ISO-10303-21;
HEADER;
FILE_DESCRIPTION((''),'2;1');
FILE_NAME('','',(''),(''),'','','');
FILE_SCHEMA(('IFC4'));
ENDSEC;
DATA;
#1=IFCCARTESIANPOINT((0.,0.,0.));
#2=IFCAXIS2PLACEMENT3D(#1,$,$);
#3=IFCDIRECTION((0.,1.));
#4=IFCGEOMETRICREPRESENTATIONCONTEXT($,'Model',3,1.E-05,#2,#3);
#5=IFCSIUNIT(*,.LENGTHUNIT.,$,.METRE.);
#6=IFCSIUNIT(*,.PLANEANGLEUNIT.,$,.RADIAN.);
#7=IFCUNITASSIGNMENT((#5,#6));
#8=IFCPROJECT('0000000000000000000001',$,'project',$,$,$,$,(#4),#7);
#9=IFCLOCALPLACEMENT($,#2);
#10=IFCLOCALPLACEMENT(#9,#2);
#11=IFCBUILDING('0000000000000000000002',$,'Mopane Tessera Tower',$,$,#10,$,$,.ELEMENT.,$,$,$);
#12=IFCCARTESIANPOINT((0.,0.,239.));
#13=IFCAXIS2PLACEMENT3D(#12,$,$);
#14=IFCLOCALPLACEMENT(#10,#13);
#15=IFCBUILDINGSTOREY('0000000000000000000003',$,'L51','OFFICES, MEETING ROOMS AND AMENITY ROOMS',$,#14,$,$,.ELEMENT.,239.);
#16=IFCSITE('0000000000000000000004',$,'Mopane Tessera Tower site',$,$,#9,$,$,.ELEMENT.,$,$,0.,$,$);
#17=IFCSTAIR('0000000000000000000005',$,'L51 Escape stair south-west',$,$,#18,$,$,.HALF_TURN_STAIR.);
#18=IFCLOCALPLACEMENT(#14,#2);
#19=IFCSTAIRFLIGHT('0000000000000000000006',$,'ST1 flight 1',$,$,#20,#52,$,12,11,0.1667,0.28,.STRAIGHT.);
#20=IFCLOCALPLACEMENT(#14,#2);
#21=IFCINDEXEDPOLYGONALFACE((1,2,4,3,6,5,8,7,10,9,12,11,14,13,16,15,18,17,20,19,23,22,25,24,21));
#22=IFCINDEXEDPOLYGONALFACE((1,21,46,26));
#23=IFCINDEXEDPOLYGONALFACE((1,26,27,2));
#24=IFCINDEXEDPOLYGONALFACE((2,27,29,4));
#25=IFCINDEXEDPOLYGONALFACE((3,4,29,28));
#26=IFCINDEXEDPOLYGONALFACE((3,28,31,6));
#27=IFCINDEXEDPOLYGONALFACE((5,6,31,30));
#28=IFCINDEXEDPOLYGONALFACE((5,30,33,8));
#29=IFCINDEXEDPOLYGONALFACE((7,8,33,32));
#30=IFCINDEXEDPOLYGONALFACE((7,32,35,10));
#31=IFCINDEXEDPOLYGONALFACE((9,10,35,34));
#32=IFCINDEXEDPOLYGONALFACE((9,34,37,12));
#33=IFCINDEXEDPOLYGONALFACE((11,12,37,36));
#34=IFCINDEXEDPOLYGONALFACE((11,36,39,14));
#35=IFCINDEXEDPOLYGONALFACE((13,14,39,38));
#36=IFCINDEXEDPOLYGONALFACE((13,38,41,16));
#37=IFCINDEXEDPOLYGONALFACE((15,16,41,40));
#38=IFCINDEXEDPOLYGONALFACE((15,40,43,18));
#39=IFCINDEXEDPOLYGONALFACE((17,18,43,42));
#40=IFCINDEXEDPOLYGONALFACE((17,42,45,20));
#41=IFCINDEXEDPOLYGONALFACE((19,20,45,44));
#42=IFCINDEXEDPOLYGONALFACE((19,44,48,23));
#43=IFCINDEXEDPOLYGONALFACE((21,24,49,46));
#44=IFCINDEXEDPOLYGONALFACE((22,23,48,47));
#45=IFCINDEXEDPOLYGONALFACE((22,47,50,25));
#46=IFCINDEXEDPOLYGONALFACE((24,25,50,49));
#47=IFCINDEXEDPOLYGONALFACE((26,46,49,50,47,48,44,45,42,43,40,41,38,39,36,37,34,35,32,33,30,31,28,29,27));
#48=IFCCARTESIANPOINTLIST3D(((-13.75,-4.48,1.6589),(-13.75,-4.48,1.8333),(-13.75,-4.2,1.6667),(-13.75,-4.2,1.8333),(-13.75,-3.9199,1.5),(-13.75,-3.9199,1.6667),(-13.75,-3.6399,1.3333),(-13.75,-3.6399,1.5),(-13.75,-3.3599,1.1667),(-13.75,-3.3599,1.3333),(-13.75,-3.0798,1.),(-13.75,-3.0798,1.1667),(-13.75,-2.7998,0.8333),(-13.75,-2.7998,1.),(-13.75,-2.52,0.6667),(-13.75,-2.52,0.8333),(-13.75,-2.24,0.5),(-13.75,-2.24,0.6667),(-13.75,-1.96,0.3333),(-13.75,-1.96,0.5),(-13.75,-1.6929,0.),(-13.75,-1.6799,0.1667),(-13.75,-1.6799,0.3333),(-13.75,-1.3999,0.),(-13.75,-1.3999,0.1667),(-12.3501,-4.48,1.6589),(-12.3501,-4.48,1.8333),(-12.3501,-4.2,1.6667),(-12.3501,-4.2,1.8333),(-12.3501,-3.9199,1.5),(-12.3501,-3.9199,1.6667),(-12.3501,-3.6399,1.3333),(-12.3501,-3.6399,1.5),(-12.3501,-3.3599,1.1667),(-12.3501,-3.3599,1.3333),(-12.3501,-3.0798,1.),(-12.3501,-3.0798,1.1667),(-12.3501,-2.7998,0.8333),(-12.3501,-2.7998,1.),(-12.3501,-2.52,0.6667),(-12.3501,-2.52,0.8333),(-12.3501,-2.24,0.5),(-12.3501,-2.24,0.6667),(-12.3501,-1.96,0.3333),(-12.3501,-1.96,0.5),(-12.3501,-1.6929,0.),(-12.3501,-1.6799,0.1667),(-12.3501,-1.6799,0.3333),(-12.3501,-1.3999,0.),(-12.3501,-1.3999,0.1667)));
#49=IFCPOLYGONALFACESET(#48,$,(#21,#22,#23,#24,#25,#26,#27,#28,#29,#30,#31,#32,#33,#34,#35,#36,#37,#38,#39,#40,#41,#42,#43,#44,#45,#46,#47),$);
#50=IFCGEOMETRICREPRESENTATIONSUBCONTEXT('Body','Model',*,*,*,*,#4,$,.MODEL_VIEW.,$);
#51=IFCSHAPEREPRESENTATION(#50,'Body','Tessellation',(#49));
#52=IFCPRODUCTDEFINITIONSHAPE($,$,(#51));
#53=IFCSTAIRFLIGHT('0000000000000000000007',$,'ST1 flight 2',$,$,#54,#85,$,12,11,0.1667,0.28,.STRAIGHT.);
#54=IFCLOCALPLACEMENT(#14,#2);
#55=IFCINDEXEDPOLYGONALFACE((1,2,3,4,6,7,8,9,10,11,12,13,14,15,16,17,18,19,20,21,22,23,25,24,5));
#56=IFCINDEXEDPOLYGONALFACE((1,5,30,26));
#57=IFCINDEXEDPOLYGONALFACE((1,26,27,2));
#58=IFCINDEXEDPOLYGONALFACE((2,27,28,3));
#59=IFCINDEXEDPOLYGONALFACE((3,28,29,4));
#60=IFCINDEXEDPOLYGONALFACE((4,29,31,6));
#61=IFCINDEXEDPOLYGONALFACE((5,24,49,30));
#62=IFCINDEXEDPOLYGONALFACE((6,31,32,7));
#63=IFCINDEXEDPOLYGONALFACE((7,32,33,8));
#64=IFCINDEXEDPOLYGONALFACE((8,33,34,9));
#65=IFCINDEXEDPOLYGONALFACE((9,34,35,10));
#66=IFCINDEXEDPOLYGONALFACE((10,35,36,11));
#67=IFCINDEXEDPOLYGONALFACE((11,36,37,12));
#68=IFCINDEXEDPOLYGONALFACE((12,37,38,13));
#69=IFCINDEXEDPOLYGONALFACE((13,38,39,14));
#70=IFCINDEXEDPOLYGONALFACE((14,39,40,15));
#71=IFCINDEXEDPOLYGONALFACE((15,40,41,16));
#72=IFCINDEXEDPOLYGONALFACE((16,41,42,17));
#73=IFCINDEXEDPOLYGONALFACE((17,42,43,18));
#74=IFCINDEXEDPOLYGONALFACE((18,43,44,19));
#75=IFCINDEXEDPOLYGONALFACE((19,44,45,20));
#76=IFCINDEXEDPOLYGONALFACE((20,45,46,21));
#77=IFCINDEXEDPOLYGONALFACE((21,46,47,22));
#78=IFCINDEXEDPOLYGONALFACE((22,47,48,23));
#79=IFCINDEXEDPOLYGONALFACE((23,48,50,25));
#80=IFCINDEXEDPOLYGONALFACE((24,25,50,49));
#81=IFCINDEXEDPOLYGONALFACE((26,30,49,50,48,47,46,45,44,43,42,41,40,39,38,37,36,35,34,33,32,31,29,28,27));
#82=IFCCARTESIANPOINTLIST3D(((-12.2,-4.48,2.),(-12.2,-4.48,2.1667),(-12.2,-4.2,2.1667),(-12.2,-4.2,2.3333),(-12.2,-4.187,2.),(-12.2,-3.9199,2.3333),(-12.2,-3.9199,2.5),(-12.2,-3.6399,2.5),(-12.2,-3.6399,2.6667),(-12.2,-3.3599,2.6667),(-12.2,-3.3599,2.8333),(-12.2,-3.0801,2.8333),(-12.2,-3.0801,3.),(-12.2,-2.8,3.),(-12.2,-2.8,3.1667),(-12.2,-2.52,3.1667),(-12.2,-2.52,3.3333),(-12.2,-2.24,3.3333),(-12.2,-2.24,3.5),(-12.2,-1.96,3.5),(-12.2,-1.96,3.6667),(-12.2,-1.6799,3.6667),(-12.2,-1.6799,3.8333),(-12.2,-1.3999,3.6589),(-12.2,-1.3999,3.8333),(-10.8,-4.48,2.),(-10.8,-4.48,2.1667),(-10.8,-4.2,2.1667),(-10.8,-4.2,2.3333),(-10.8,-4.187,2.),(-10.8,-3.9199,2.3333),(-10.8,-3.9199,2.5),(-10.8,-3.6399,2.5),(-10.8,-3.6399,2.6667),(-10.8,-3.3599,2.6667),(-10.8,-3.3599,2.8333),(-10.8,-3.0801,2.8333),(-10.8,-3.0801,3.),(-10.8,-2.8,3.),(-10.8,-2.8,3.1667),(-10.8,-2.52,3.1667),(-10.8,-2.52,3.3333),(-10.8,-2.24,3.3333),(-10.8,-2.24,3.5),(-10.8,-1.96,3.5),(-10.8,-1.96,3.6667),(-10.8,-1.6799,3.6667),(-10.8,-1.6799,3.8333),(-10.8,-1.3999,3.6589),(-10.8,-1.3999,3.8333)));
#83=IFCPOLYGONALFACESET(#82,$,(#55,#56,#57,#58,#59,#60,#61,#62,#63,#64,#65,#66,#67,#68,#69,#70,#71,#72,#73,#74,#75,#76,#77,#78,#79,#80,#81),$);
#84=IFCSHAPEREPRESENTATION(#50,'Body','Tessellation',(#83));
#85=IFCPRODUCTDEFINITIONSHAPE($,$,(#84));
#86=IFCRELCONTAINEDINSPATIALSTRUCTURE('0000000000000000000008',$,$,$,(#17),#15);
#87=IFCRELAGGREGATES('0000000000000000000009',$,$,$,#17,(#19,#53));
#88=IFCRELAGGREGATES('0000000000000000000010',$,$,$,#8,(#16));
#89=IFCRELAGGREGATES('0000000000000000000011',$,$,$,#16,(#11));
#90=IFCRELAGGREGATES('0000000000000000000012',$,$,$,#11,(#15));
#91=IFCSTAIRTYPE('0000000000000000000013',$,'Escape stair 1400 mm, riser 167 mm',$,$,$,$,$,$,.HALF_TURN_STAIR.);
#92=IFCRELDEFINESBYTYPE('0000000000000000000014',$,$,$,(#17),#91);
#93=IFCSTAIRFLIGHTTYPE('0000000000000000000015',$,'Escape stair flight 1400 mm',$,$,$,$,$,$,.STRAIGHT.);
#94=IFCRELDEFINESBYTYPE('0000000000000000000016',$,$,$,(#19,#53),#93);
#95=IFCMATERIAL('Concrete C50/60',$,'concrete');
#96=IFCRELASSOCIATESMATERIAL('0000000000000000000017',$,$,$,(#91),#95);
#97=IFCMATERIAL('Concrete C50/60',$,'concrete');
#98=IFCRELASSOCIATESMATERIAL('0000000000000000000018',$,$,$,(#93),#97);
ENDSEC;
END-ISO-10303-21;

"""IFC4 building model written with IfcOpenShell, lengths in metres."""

from ifc_helpers import new_model, si_unit, direction, frame, origin, place, context, subcontext, project, spatial, polyline, outline, extrude, material, type_object, element, aggregate, save


model = new_model("IFC4")

# Units and contexts
model_context = context("Model", 3, precision=1e-05, world=origin(), true_north=direction((0.0, 1.0)))
body_context = subcontext(model_context, "Body", "Model", "MODEL_VIEW")
ifc_project = project(units=[si_unit("LENGTHUNIT", "METRE"), si_unit("PLANEANGLEUNIT", "RADIAN")], contexts=[model_context])

# Site, building, storey
site_placement = place(None, origin())
site = spatial("IfcSite", under=ifc_project, at=site_placement, Name="Mopane Tessera Tower site", CompositionType="ELEMENT", RefElevation=0.0)
building_placement = place(site_placement, origin())
building = spatial("IfcBuilding", under=site, at=building_placement, Name="Mopane Tessera Tower", CompositionType="ELEMENT")
storey_placement = place(building_placement, frame((0.0, 0.0, 239.0)))
storey = spatial("IfcBuildingStorey", under=building, at=storey_placement, Name="L51", Description="OFFICES, MEETING ROOMS AND AMENITY ROOMS", CompositionType="ELEMENT", Elevation=239.0)

# Stair, stair flights
ifc_material_1 = material(Name="Concrete C50/60", Category="concrete")
stair_type = type_object("IfcStairType", Name="Escape stair 1400 mm, riser 167 mm", PredefinedType="HALF_TURN_STAIR", material=ifc_material_1)
stair_placement = place(storey_placement, origin())
stair = element("IfcStair", 1, at=stair_placement, inside=storey, type_object=stair_type, Name="L51 Escape stair south-west", PredefinedType="HALF_TURN_STAIR")
ifc_material_2 = material(Name="Concrete C50/60", Category="concrete")
stair_flight_type = type_object("IfcStairFlightType", Name="Escape stair flight 1400 mm", PredefinedType="STRAIGHT", material=ifc_material_2)
stair_flight_1_placement = place(storey_placement, frame((-13.05, -1.3999, 0.0), z_axis=(0.0, 0.0, 1.0), x_axis=(0.0, -1.0, 0.0)))
stair_flight_1 = element("IfcStairFlight", 2, at=stair_flight_1_placement, type_object=stair_flight_type, Name="ST1 flight 1", NumberOfRisers=12, NumberOfTreads=11, PredefinedType="STRAIGHT", RiserHeight=0.1667, TreadLength=0.28, context=body_context, shape_type="SweptSolid", body=[
    extrude(outline(polyline([(0.0, 0.0), (0.0, 0.1667), (0.28, 0.1667), (0.28, 0.3333), (0.5601, 0.3333), (0.5601, 0.5), (0.8401, 0.5), (0.8401, 0.6667), (1.1201, 0.6667), (1.1201, 0.8333), (1.3999, 0.8333), (1.3999, 1.0), (1.6799, 1.0), (1.6799, 1.1667), (1.96, 1.1667), (1.96, 1.3333), (2.24, 1.3333), (2.24, 1.5), (2.52, 1.5), (2.52, 1.6667), (2.8, 1.6667), (2.8, 1.8333), (3.0801, 1.8333), (3.0801, 2.0), (3.0801, 1.6589), (0.293, 0.0), (0.0, 0.0)])), frame((0.0, 0.7, 0.0), z_axis=(0.0, -1.0, 0.0), x_axis=(1.0, 0.0, 0.0)), (0.0, 0.0, 1.0), 1.3999),
])
stair_flight_2_placement = place(storey_placement, frame((-11.5, -4.48, 2.0), z_axis=(0.0, 0.0, 1.0), x_axis=(0.0, 1.0, 0.0)))
stair_flight_2 = element("IfcStairFlight", 3, at=stair_flight_2_placement, type_object=stair_flight_type, Name="ST1 flight 2", NumberOfRisers=12, NumberOfTreads=11, PredefinedType="STRAIGHT", RiserHeight=0.1667, TreadLength=0.28, context=body_context, shape_type="SweptSolid", body=[
    extrude(outline(polyline([(0.0, 0.0), (0.0, 0.1667), (0.28, 0.1667), (0.28, 0.3333), (0.5601, 0.3333), (0.5601, 0.5), (0.8401, 0.5), (0.8401, 0.6667), (1.1201, 0.6667), (1.1201, 0.8333), (1.3999, 0.8333), (1.3999, 1.0), (1.6799, 1.0), (1.6799, 1.1667), (1.96, 1.1667), (1.96, 1.3333), (2.24, 1.3333), (2.24, 1.5), (2.52, 1.5), (2.52, 1.6667), (2.8, 1.6667), (2.8, 1.8333), (3.0801, 1.8333), (3.0801, 2.0), (3.0801, 1.6589), (0.293, 0.0), (0.0, 0.0)])), frame((0.0, 0.7, 0.0), z_axis=(0.0, -1.0, 0.0), x_axis=(1.0, 0.0, 0.0)), (0.0, 0.0, 1.0), 1.3999),
])
aggregate(stair, [stair_flight_1, stair_flight_2])

save(model, "model.ifc")
